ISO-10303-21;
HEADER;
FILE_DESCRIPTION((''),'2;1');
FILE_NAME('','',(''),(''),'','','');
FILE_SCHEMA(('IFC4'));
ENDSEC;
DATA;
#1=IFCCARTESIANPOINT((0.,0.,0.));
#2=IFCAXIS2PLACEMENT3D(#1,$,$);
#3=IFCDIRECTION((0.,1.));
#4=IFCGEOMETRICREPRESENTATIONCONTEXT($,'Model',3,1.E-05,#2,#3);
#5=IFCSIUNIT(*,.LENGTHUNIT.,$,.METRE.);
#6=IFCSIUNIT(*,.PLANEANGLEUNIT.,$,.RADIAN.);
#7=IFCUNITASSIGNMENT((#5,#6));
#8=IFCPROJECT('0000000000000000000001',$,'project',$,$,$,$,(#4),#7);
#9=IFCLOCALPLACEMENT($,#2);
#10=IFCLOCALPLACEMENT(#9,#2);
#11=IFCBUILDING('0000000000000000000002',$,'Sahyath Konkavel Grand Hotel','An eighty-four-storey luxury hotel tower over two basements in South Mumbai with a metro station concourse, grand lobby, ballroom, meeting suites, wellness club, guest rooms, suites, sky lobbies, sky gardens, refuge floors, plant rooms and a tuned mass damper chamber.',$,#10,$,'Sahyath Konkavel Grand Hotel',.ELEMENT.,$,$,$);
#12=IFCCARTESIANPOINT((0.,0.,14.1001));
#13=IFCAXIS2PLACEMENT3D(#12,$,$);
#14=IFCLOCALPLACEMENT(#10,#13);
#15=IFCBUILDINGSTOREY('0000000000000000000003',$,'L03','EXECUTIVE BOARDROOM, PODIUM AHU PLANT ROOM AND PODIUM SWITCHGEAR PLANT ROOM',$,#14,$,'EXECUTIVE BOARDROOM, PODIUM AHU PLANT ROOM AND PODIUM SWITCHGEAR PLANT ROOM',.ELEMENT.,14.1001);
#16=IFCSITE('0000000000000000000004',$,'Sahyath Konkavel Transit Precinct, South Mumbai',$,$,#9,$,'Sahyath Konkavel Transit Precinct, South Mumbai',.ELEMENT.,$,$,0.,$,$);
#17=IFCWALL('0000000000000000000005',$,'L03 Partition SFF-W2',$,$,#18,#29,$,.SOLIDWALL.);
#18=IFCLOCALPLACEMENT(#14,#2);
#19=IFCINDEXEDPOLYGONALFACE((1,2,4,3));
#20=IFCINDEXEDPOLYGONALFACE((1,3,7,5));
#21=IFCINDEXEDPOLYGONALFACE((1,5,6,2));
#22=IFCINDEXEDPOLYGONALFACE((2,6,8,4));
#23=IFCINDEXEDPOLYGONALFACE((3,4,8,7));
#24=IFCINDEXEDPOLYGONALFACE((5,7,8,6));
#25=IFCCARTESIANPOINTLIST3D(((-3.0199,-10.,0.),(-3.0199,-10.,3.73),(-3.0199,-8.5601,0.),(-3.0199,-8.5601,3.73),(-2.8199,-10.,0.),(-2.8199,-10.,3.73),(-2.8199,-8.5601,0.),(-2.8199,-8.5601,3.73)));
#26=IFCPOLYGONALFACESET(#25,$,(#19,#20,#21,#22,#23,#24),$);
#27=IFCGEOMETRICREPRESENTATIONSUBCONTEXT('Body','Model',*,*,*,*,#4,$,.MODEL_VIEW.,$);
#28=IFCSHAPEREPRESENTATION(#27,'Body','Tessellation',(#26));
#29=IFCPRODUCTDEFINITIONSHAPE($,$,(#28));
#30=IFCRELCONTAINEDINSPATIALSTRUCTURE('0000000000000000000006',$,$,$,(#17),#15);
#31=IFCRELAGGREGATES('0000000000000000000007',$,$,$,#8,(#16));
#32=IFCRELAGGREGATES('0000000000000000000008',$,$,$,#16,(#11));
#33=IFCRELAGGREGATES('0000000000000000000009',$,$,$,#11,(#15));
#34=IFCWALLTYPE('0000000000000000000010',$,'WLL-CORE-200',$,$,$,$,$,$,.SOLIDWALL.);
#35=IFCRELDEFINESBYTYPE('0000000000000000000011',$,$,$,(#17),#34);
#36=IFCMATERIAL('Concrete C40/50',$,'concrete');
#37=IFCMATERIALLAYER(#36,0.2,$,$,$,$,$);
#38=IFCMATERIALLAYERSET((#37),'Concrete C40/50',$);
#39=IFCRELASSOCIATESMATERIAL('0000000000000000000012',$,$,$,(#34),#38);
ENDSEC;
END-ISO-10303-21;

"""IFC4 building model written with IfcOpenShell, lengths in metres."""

from ifc_helpers import new_model, si_unit, direction, frame, frame_2d, origin, place, context, subcontext, project, spatial, rectangle, extrude, material, layer, layer_set, type_object, element, save


model = new_model("IFC4")

# Units and contexts
model_context = context("Model", 3, precision=1e-05, world=origin(), true_north=direction((0.0, 1.0)))
body_context = subcontext(model_context, "Body", "Model", "MODEL_VIEW")
ifc_project = project(units=[si_unit("LENGTHUNIT", "METRE"), si_unit("PLANEANGLEUNIT", "RADIAN")], contexts=[model_context])

# Site, building, storey
site_placement = place(None, origin())
site = spatial("IfcSite", under=ifc_project, at=site_placement, Name="Sahyath Konkavel Transit Precinct, South Mumbai", LongName="Sahyath Konkavel Transit Precinct, South Mumbai", CompositionType="ELEMENT", RefElevation=0.0)
building_placement = place(site_placement, origin())
building = spatial("IfcBuilding", under=site, at=building_placement, Name="Sahyath Konkavel Grand Hotel", Description="An eighty-four-storey luxury hotel tower over two basements in South Mumbai with a metro station concourse, grand lobby, ballroom, meeting suites, wellness club, guest rooms, suites, sky lobbies, sky gardens, refuge floors, plant rooms and a tuned mass damper chamber.", LongName="Sahyath Konkavel Grand Hotel", CompositionType="ELEMENT")
storey_placement = place(building_placement, frame((0.0, 0.0, 14.1001)))
storey = spatial("IfcBuildingStorey", under=building, at=storey_placement, Name="L03", Description="EXECUTIVE BOARDROOM, PODIUM AHU PLANT ROOM AND PODIUM SWITCHGEAR PLANT ROOM", LongName="EXECUTIVE BOARDROOM, PODIUM AHU PLANT ROOM AND PODIUM SWITCHGEAR PLANT ROOM", CompositionType="ELEMENT", Elevation=14.1001)

# Shared definitions
ifc_material_1 = material(Name="Concrete C40/50", Category="concrete")
ifc_layer_1 = layer(ifc_material_1, 0.2)
ifc_layer_set_1 = layer_set([ifc_layer_1], Name="Concrete C40/50")
wall_type_1 = type_object("IfcWallType", Name="WLL-CORE-200", PredefinedType="SOLIDWALL", material=ifc_layer_set_1)

# Wall
wall_1_placement = place(storey_placement, frame((-2.9199, -10.0, 0.0), z_axis=(0.0, 0.0, 1.0), x_axis=(0.0, 1.0, 0.0)))
element("IfcWall", 1, at=wall_1_placement, inside=storey, type_object=wall_type_1, Name="L03 Partition SFF-W2", PredefinedType="SOLIDWALL", context=body_context, shape_type="SweptSolid", body=[
    extrude(rectangle(XDim=1.4399, YDim=0.2, at=frame_2d((0.72, 0.0))), origin(), (0.0, 0.0, 1.0), 3.73),
])

save(model, "model.ifc")
